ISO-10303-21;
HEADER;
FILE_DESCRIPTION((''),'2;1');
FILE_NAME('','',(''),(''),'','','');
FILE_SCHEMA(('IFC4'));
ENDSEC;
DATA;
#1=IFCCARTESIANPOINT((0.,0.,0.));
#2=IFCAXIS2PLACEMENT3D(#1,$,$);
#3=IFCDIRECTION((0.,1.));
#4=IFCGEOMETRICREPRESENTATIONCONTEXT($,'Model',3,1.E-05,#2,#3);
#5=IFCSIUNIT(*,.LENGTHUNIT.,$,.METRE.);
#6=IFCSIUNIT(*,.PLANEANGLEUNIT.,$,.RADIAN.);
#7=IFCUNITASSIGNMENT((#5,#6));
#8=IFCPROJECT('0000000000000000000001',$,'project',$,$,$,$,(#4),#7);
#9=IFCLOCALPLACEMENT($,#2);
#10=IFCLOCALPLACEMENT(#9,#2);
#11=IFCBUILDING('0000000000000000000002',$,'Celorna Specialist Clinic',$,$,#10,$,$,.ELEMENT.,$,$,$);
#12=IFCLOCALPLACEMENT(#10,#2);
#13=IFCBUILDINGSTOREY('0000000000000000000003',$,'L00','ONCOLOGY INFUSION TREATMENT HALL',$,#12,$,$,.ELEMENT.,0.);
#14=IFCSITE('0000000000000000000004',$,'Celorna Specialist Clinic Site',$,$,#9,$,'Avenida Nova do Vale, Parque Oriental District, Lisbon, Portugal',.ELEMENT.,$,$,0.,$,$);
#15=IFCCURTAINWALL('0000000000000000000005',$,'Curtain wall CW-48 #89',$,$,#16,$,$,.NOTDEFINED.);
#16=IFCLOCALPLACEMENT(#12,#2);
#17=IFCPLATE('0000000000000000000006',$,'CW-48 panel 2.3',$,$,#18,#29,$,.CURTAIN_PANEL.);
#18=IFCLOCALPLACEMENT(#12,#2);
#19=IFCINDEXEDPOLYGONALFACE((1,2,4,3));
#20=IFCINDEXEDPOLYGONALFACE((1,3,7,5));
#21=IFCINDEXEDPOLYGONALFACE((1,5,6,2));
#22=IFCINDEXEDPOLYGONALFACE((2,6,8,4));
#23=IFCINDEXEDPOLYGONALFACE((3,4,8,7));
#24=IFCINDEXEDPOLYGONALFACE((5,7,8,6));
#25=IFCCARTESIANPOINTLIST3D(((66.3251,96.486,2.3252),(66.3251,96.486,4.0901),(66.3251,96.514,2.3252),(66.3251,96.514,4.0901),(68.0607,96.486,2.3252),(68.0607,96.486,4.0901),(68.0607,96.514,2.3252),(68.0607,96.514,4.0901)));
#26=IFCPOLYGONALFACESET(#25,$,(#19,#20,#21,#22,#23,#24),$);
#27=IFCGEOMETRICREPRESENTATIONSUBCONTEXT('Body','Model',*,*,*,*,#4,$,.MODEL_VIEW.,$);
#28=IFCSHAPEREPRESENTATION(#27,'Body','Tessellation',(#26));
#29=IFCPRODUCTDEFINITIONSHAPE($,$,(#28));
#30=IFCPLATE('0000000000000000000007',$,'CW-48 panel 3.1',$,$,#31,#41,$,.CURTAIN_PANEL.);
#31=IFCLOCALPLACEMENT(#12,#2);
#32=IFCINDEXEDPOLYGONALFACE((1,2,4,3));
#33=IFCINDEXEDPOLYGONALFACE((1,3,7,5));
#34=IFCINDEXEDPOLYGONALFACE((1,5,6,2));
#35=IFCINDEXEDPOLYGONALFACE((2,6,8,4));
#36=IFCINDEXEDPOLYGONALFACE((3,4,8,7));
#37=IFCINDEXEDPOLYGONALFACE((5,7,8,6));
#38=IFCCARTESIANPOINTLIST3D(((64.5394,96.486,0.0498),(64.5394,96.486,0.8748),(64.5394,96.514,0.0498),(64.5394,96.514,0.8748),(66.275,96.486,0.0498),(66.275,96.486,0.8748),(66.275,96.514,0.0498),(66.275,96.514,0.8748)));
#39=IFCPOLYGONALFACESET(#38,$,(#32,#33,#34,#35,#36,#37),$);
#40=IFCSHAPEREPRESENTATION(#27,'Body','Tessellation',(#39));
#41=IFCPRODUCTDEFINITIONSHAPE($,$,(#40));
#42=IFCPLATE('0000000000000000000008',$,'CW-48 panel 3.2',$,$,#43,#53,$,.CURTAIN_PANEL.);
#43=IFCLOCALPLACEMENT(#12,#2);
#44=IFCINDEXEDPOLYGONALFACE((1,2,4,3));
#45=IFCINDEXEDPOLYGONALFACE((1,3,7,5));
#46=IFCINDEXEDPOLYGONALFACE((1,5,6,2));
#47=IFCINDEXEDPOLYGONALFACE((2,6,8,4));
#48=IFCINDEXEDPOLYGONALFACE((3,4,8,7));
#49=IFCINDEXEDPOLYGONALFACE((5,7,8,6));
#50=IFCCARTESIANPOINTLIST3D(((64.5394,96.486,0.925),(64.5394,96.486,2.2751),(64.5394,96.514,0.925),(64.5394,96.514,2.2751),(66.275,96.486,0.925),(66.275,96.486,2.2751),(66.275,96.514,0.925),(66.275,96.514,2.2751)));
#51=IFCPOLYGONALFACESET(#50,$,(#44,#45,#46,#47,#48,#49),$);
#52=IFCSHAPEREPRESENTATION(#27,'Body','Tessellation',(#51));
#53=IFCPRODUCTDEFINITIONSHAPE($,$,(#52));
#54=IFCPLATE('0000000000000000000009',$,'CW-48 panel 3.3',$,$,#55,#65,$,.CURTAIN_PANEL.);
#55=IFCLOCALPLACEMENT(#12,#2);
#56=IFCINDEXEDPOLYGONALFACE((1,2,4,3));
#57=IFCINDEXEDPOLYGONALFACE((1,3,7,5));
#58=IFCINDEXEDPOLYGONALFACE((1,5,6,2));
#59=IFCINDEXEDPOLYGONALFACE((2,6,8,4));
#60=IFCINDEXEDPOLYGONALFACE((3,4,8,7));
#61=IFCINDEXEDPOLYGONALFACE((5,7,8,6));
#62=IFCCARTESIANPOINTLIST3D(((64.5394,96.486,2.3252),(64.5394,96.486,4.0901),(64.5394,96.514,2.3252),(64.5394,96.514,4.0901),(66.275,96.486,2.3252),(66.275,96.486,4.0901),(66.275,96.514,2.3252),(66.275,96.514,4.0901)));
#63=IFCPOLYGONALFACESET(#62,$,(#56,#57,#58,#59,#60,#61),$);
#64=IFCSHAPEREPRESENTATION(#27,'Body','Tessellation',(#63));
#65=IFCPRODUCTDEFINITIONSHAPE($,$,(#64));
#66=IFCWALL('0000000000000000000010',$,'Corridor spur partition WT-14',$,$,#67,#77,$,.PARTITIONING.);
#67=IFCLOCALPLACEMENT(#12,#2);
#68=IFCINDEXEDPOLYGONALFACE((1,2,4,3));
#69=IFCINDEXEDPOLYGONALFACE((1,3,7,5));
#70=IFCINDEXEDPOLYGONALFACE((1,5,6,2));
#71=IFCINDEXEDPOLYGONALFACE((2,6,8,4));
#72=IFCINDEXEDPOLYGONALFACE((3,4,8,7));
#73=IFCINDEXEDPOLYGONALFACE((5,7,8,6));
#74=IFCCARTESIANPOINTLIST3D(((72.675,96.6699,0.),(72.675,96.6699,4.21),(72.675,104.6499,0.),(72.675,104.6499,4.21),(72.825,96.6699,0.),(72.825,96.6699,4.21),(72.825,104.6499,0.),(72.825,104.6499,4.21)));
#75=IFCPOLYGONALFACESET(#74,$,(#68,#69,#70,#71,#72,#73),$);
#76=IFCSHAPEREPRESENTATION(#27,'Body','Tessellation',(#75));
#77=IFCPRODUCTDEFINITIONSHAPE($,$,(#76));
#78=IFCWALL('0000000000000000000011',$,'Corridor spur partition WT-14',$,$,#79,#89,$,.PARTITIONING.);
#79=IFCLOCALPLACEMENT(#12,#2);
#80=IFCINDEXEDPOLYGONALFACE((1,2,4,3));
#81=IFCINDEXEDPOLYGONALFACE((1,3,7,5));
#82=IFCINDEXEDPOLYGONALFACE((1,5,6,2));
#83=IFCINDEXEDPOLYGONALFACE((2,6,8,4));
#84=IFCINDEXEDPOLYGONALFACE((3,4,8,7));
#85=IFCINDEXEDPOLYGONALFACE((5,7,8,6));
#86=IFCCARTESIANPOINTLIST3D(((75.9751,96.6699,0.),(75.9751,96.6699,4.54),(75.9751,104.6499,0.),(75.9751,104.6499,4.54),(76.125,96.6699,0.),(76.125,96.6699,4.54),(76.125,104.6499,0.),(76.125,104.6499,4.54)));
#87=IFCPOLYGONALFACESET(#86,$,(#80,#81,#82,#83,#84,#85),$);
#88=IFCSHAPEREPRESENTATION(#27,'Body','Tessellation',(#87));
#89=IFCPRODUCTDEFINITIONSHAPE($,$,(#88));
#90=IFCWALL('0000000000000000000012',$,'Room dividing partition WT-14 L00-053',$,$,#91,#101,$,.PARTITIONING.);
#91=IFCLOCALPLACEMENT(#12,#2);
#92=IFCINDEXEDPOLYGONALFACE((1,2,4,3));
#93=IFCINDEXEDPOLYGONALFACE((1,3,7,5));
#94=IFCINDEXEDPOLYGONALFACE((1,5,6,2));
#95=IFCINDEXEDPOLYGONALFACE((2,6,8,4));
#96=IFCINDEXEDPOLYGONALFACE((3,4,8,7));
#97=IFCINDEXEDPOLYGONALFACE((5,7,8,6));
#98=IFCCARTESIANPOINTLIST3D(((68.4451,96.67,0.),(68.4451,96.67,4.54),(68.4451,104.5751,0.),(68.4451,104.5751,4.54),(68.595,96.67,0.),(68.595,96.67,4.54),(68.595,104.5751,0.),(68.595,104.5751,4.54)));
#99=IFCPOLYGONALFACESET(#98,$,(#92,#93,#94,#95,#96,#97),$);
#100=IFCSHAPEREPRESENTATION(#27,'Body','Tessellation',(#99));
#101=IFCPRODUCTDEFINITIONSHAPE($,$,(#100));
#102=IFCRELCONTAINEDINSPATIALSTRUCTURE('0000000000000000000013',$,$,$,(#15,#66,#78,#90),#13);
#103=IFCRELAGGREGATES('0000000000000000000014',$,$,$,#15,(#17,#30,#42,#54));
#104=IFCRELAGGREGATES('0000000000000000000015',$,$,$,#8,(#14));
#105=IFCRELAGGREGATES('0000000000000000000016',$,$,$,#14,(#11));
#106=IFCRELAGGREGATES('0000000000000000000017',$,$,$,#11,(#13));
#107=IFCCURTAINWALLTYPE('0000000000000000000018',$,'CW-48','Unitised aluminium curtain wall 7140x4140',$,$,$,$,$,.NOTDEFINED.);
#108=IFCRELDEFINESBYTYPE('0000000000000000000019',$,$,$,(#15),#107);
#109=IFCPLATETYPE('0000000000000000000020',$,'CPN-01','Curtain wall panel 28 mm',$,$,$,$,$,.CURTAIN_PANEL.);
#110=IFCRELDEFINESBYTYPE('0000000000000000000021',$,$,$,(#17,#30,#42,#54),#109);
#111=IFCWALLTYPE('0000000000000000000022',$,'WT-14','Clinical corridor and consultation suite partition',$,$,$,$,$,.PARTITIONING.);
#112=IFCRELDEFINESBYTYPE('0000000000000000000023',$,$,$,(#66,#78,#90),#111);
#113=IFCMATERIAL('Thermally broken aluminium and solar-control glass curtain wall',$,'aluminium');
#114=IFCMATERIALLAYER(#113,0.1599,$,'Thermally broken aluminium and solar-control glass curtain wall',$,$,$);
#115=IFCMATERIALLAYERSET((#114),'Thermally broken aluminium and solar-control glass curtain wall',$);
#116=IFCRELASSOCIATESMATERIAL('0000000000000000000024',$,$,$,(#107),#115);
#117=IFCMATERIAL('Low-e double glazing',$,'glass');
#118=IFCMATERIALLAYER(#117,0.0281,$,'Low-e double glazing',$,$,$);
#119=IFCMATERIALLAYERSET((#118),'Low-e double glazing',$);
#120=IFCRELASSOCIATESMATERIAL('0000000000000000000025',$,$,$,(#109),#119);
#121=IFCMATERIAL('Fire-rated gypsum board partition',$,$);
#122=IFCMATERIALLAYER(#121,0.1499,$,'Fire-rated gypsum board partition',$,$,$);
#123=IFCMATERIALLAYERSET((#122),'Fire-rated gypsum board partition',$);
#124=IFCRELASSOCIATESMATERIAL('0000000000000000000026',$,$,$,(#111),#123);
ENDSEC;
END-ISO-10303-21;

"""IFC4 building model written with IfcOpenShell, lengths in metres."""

from ifc_helpers import new_model, si_unit, direction, frame, frame_2d, origin, origin_2d, place, context, subcontext, project, spatial, rectangle, extrude, material, layer, layer_set, type_object, element, aggregate, save


model = new_model("IFC4")

# Units and contexts
model_context = context("Model", 3, precision=1e-05, world=origin(), true_north=direction((0.0, 1.0)))
body_context = subcontext(model_context, "Body", "Model", "MODEL_VIEW")
ifc_project = project(units=[si_unit("LENGTHUNIT", "METRE"), si_unit("PLANEANGLEUNIT", "RADIAN")], contexts=[model_context])

# Site, building, storey
site_placement = place(None, origin())
site = spatial("IfcSite", under=ifc_project, at=site_placement, Name="Celorna Specialist Clinic Site", LongName="Avenida Nova do Vale, Parque Oriental District, Lisbon, Portugal", CompositionType="ELEMENT", RefElevation=0.0)
building_placement = place(site_placement, origin())
building = spatial("IfcBuilding", under=site, at=building_placement, Name="Celorna Specialist Clinic", CompositionType="ELEMENT")
storey_placement = place(building_placement, origin())
storey = spatial("IfcBuildingStorey", under=building, at=storey_placement, Name="L00", Description="ONCOLOGY INFUSION TREATMENT HALL", CompositionType="ELEMENT", Elevation=0.0)

# Curtain wall, plates
ifc_material_1 = material(Name="Thermally broken aluminium and solar-control glass curtain wall", Category="aluminium")
ifc_layer_1 = layer(ifc_material_1, 0.1599, Name="Thermally broken aluminium and solar-control glass curtain wall")
ifc_layer_set_1 = layer_set([ifc_layer_1], Name="Thermally broken aluminium and solar-control glass curtain wall")
curtain_wall_type = type_object("IfcCurtainWallType", Name="CW-48", Description="Unitised aluminium curtain wall 7140x4140", PredefinedType="NOTDEFINED", material=ifc_layer_set_1)
curtain_wall_placement = place(storey_placement, origin())
curtain_wall = element("IfcCurtainWall", 1, at=curtain_wall_placement, inside=storey, type_object=curtain_wall_type, Name="Curtain wall CW-48 #89", PredefinedType="NOTDEFINED")
ifc_material_2 = material(Name="Low-e double glazing", Category="glass")
ifc_layer_2 = layer(ifc_material_2, 0.0281, Name="Low-e double glazing")
ifc_layer_set_2 = layer_set([ifc_layer_2], Name="Low-e double glazing")
plate_type = type_object("IfcPlateType", Name="CPN-01", Description="Curtain wall panel 28 mm", PredefinedType="CURTAIN_PANEL", material=ifc_layer_set_2)
plate_1_placement = place(storey_placement, frame((67.1929, 96.5, 2.3252), z_axis=(0.0, 0.0, 1.0), x_axis=(-1.0, 0.0, 0.0)))
plate_1 = element("IfcPlate", 2, at=plate_1_placement, type_object=plate_type, Name="CW-48 panel 2.3", PredefinedType="CURTAIN_PANEL", context=body_context, shape_type="SweptSolid", body=[
    extrude(rectangle(XDim=1.7356, YDim=0.0281, at=origin_2d()), origin(), (0.0, 0.0, 1.0), 1.7649),
])
plate_2_placement = place(storey_placement, frame((65.4072, 96.5, 0.0498), z_axis=(0.0, 0.0, 1.0), x_axis=(-1.0, 0.0, 0.0)))
plate_2 = element("IfcPlate", 3, at=plate_2_placement, type_object=plate_type, Name="CW-48 panel 3.1", PredefinedType="CURTAIN_PANEL", context=body_context, shape_type="SweptSolid", body=[
    extrude(rectangle(XDim=1.7356, YDim=0.0281, at=origin_2d()), origin(), (0.0, 0.0, 1.0), 0.825),
])
plate_3_placement = place(storey_placement, frame((65.4072, 96.5, 0.925), z_axis=(0.0, 0.0, 1.0), x_axis=(-1.0, 0.0, 0.0)))
plate_3 = element("IfcPlate", 4, at=plate_3_placement, type_object=plate_type, Name="CW-48 panel 3.2", PredefinedType="CURTAIN_PANEL", context=body_context, shape_type="SweptSolid", body=[
    extrude(rectangle(XDim=1.7356, YDim=0.0281, at=origin_2d()), origin(), (0.0, 0.0, 1.0), 1.3501),
])
plate_4_placement = place(storey_placement, frame((65.4072, 96.5, 2.3252), z_axis=(0.0, 0.0, 1.0), x_axis=(-1.0, 0.0, 0.0)))
plate_4 = element("IfcPlate", 5, at=plate_4_placement, type_object=plate_type, Name="CW-48 panel 3.3", PredefinedType="CURTAIN_PANEL", context=body_context, shape_type="SweptSolid", body=[
    extrude(rectangle(XDim=1.7356, YDim=0.0281, at=origin_2d()), origin(), (0.0, 0.0, 1.0), 1.7649),
])
aggregate(curtain_wall, [plate_1, plate_2, plate_3, plate_4])

# Walls
ifc_material_3 = material(Name="Fire-rated gypsum board partition")
ifc_layer_3 = layer(ifc_material_3, 0.1499, Name="Fire-rated gypsum board partition")
ifc_layer_set_3 = layer_set([ifc_layer_3], Name="Fire-rated gypsum board partition")
wall_type = type_object("IfcWallType", Name="WT-14", Description="Clinical corridor and consultation suite partition", PredefinedType="PARTITIONING", material=ifc_layer_set_3)
wall_1_placement = place(storey_placement, frame((72.75, 96.6699, 0.0), z_axis=(0.0, 0.0, 1.0), x_axis=(0.0, 1.0, 0.0)))
element("IfcWall", 6, at=wall_1_placement, inside=storey, type_object=wall_type, Name="Corridor spur partition WT-14", PredefinedType="PARTITIONING", context=body_context, shape_type="SweptSolid", body=[
    extrude(rectangle(XDim=7.98, YDim=0.1499, at=frame_2d((3.99, 0.0))), origin(), (0.0, 0.0, 1.0), 4.21),
])
wall_2_placement = place(storey_placement, frame((76.05, 96.6699, 0.0), z_axis=(0.0, 0.0, 1.0), x_axis=(0.0, 1.0, 0.0)))
element("IfcWall", 7, at=wall_2_placement, inside=storey, type_object=wall_type, Name="Corridor spur partition WT-14", PredefinedType="PARTITIONING", context=body_context, shape_type="SweptSolid", body=[
    extrude(rectangle(XDim=7.98, YDim=0.1499, at=frame_2d((3.99, 0.0))), origin(), (0.0, 0.0, 1.0), 4.54),
])
wall_3_placement = place(storey_placement, frame((68.52, 96.6699, 0.0), z_axis=(0.0, 0.0, 1.0), x_axis=(0.0, 1.0, 0.0)))
element("IfcWall", 8, at=wall_3_placement, inside=storey, type_object=wall_type, Name="Room dividing partition WT-14 L00-053", PredefinedType="PARTITIONING", context=body_context, shape_type="SweptSolid", body=[
    extrude(rectangle(XDim=7.905, YDim=0.1499, at=frame_2d((3.9526, 0.0))), origin(), (0.0, 0.0, 1.0), 4.54),
])

save(model, "model.ifc")
